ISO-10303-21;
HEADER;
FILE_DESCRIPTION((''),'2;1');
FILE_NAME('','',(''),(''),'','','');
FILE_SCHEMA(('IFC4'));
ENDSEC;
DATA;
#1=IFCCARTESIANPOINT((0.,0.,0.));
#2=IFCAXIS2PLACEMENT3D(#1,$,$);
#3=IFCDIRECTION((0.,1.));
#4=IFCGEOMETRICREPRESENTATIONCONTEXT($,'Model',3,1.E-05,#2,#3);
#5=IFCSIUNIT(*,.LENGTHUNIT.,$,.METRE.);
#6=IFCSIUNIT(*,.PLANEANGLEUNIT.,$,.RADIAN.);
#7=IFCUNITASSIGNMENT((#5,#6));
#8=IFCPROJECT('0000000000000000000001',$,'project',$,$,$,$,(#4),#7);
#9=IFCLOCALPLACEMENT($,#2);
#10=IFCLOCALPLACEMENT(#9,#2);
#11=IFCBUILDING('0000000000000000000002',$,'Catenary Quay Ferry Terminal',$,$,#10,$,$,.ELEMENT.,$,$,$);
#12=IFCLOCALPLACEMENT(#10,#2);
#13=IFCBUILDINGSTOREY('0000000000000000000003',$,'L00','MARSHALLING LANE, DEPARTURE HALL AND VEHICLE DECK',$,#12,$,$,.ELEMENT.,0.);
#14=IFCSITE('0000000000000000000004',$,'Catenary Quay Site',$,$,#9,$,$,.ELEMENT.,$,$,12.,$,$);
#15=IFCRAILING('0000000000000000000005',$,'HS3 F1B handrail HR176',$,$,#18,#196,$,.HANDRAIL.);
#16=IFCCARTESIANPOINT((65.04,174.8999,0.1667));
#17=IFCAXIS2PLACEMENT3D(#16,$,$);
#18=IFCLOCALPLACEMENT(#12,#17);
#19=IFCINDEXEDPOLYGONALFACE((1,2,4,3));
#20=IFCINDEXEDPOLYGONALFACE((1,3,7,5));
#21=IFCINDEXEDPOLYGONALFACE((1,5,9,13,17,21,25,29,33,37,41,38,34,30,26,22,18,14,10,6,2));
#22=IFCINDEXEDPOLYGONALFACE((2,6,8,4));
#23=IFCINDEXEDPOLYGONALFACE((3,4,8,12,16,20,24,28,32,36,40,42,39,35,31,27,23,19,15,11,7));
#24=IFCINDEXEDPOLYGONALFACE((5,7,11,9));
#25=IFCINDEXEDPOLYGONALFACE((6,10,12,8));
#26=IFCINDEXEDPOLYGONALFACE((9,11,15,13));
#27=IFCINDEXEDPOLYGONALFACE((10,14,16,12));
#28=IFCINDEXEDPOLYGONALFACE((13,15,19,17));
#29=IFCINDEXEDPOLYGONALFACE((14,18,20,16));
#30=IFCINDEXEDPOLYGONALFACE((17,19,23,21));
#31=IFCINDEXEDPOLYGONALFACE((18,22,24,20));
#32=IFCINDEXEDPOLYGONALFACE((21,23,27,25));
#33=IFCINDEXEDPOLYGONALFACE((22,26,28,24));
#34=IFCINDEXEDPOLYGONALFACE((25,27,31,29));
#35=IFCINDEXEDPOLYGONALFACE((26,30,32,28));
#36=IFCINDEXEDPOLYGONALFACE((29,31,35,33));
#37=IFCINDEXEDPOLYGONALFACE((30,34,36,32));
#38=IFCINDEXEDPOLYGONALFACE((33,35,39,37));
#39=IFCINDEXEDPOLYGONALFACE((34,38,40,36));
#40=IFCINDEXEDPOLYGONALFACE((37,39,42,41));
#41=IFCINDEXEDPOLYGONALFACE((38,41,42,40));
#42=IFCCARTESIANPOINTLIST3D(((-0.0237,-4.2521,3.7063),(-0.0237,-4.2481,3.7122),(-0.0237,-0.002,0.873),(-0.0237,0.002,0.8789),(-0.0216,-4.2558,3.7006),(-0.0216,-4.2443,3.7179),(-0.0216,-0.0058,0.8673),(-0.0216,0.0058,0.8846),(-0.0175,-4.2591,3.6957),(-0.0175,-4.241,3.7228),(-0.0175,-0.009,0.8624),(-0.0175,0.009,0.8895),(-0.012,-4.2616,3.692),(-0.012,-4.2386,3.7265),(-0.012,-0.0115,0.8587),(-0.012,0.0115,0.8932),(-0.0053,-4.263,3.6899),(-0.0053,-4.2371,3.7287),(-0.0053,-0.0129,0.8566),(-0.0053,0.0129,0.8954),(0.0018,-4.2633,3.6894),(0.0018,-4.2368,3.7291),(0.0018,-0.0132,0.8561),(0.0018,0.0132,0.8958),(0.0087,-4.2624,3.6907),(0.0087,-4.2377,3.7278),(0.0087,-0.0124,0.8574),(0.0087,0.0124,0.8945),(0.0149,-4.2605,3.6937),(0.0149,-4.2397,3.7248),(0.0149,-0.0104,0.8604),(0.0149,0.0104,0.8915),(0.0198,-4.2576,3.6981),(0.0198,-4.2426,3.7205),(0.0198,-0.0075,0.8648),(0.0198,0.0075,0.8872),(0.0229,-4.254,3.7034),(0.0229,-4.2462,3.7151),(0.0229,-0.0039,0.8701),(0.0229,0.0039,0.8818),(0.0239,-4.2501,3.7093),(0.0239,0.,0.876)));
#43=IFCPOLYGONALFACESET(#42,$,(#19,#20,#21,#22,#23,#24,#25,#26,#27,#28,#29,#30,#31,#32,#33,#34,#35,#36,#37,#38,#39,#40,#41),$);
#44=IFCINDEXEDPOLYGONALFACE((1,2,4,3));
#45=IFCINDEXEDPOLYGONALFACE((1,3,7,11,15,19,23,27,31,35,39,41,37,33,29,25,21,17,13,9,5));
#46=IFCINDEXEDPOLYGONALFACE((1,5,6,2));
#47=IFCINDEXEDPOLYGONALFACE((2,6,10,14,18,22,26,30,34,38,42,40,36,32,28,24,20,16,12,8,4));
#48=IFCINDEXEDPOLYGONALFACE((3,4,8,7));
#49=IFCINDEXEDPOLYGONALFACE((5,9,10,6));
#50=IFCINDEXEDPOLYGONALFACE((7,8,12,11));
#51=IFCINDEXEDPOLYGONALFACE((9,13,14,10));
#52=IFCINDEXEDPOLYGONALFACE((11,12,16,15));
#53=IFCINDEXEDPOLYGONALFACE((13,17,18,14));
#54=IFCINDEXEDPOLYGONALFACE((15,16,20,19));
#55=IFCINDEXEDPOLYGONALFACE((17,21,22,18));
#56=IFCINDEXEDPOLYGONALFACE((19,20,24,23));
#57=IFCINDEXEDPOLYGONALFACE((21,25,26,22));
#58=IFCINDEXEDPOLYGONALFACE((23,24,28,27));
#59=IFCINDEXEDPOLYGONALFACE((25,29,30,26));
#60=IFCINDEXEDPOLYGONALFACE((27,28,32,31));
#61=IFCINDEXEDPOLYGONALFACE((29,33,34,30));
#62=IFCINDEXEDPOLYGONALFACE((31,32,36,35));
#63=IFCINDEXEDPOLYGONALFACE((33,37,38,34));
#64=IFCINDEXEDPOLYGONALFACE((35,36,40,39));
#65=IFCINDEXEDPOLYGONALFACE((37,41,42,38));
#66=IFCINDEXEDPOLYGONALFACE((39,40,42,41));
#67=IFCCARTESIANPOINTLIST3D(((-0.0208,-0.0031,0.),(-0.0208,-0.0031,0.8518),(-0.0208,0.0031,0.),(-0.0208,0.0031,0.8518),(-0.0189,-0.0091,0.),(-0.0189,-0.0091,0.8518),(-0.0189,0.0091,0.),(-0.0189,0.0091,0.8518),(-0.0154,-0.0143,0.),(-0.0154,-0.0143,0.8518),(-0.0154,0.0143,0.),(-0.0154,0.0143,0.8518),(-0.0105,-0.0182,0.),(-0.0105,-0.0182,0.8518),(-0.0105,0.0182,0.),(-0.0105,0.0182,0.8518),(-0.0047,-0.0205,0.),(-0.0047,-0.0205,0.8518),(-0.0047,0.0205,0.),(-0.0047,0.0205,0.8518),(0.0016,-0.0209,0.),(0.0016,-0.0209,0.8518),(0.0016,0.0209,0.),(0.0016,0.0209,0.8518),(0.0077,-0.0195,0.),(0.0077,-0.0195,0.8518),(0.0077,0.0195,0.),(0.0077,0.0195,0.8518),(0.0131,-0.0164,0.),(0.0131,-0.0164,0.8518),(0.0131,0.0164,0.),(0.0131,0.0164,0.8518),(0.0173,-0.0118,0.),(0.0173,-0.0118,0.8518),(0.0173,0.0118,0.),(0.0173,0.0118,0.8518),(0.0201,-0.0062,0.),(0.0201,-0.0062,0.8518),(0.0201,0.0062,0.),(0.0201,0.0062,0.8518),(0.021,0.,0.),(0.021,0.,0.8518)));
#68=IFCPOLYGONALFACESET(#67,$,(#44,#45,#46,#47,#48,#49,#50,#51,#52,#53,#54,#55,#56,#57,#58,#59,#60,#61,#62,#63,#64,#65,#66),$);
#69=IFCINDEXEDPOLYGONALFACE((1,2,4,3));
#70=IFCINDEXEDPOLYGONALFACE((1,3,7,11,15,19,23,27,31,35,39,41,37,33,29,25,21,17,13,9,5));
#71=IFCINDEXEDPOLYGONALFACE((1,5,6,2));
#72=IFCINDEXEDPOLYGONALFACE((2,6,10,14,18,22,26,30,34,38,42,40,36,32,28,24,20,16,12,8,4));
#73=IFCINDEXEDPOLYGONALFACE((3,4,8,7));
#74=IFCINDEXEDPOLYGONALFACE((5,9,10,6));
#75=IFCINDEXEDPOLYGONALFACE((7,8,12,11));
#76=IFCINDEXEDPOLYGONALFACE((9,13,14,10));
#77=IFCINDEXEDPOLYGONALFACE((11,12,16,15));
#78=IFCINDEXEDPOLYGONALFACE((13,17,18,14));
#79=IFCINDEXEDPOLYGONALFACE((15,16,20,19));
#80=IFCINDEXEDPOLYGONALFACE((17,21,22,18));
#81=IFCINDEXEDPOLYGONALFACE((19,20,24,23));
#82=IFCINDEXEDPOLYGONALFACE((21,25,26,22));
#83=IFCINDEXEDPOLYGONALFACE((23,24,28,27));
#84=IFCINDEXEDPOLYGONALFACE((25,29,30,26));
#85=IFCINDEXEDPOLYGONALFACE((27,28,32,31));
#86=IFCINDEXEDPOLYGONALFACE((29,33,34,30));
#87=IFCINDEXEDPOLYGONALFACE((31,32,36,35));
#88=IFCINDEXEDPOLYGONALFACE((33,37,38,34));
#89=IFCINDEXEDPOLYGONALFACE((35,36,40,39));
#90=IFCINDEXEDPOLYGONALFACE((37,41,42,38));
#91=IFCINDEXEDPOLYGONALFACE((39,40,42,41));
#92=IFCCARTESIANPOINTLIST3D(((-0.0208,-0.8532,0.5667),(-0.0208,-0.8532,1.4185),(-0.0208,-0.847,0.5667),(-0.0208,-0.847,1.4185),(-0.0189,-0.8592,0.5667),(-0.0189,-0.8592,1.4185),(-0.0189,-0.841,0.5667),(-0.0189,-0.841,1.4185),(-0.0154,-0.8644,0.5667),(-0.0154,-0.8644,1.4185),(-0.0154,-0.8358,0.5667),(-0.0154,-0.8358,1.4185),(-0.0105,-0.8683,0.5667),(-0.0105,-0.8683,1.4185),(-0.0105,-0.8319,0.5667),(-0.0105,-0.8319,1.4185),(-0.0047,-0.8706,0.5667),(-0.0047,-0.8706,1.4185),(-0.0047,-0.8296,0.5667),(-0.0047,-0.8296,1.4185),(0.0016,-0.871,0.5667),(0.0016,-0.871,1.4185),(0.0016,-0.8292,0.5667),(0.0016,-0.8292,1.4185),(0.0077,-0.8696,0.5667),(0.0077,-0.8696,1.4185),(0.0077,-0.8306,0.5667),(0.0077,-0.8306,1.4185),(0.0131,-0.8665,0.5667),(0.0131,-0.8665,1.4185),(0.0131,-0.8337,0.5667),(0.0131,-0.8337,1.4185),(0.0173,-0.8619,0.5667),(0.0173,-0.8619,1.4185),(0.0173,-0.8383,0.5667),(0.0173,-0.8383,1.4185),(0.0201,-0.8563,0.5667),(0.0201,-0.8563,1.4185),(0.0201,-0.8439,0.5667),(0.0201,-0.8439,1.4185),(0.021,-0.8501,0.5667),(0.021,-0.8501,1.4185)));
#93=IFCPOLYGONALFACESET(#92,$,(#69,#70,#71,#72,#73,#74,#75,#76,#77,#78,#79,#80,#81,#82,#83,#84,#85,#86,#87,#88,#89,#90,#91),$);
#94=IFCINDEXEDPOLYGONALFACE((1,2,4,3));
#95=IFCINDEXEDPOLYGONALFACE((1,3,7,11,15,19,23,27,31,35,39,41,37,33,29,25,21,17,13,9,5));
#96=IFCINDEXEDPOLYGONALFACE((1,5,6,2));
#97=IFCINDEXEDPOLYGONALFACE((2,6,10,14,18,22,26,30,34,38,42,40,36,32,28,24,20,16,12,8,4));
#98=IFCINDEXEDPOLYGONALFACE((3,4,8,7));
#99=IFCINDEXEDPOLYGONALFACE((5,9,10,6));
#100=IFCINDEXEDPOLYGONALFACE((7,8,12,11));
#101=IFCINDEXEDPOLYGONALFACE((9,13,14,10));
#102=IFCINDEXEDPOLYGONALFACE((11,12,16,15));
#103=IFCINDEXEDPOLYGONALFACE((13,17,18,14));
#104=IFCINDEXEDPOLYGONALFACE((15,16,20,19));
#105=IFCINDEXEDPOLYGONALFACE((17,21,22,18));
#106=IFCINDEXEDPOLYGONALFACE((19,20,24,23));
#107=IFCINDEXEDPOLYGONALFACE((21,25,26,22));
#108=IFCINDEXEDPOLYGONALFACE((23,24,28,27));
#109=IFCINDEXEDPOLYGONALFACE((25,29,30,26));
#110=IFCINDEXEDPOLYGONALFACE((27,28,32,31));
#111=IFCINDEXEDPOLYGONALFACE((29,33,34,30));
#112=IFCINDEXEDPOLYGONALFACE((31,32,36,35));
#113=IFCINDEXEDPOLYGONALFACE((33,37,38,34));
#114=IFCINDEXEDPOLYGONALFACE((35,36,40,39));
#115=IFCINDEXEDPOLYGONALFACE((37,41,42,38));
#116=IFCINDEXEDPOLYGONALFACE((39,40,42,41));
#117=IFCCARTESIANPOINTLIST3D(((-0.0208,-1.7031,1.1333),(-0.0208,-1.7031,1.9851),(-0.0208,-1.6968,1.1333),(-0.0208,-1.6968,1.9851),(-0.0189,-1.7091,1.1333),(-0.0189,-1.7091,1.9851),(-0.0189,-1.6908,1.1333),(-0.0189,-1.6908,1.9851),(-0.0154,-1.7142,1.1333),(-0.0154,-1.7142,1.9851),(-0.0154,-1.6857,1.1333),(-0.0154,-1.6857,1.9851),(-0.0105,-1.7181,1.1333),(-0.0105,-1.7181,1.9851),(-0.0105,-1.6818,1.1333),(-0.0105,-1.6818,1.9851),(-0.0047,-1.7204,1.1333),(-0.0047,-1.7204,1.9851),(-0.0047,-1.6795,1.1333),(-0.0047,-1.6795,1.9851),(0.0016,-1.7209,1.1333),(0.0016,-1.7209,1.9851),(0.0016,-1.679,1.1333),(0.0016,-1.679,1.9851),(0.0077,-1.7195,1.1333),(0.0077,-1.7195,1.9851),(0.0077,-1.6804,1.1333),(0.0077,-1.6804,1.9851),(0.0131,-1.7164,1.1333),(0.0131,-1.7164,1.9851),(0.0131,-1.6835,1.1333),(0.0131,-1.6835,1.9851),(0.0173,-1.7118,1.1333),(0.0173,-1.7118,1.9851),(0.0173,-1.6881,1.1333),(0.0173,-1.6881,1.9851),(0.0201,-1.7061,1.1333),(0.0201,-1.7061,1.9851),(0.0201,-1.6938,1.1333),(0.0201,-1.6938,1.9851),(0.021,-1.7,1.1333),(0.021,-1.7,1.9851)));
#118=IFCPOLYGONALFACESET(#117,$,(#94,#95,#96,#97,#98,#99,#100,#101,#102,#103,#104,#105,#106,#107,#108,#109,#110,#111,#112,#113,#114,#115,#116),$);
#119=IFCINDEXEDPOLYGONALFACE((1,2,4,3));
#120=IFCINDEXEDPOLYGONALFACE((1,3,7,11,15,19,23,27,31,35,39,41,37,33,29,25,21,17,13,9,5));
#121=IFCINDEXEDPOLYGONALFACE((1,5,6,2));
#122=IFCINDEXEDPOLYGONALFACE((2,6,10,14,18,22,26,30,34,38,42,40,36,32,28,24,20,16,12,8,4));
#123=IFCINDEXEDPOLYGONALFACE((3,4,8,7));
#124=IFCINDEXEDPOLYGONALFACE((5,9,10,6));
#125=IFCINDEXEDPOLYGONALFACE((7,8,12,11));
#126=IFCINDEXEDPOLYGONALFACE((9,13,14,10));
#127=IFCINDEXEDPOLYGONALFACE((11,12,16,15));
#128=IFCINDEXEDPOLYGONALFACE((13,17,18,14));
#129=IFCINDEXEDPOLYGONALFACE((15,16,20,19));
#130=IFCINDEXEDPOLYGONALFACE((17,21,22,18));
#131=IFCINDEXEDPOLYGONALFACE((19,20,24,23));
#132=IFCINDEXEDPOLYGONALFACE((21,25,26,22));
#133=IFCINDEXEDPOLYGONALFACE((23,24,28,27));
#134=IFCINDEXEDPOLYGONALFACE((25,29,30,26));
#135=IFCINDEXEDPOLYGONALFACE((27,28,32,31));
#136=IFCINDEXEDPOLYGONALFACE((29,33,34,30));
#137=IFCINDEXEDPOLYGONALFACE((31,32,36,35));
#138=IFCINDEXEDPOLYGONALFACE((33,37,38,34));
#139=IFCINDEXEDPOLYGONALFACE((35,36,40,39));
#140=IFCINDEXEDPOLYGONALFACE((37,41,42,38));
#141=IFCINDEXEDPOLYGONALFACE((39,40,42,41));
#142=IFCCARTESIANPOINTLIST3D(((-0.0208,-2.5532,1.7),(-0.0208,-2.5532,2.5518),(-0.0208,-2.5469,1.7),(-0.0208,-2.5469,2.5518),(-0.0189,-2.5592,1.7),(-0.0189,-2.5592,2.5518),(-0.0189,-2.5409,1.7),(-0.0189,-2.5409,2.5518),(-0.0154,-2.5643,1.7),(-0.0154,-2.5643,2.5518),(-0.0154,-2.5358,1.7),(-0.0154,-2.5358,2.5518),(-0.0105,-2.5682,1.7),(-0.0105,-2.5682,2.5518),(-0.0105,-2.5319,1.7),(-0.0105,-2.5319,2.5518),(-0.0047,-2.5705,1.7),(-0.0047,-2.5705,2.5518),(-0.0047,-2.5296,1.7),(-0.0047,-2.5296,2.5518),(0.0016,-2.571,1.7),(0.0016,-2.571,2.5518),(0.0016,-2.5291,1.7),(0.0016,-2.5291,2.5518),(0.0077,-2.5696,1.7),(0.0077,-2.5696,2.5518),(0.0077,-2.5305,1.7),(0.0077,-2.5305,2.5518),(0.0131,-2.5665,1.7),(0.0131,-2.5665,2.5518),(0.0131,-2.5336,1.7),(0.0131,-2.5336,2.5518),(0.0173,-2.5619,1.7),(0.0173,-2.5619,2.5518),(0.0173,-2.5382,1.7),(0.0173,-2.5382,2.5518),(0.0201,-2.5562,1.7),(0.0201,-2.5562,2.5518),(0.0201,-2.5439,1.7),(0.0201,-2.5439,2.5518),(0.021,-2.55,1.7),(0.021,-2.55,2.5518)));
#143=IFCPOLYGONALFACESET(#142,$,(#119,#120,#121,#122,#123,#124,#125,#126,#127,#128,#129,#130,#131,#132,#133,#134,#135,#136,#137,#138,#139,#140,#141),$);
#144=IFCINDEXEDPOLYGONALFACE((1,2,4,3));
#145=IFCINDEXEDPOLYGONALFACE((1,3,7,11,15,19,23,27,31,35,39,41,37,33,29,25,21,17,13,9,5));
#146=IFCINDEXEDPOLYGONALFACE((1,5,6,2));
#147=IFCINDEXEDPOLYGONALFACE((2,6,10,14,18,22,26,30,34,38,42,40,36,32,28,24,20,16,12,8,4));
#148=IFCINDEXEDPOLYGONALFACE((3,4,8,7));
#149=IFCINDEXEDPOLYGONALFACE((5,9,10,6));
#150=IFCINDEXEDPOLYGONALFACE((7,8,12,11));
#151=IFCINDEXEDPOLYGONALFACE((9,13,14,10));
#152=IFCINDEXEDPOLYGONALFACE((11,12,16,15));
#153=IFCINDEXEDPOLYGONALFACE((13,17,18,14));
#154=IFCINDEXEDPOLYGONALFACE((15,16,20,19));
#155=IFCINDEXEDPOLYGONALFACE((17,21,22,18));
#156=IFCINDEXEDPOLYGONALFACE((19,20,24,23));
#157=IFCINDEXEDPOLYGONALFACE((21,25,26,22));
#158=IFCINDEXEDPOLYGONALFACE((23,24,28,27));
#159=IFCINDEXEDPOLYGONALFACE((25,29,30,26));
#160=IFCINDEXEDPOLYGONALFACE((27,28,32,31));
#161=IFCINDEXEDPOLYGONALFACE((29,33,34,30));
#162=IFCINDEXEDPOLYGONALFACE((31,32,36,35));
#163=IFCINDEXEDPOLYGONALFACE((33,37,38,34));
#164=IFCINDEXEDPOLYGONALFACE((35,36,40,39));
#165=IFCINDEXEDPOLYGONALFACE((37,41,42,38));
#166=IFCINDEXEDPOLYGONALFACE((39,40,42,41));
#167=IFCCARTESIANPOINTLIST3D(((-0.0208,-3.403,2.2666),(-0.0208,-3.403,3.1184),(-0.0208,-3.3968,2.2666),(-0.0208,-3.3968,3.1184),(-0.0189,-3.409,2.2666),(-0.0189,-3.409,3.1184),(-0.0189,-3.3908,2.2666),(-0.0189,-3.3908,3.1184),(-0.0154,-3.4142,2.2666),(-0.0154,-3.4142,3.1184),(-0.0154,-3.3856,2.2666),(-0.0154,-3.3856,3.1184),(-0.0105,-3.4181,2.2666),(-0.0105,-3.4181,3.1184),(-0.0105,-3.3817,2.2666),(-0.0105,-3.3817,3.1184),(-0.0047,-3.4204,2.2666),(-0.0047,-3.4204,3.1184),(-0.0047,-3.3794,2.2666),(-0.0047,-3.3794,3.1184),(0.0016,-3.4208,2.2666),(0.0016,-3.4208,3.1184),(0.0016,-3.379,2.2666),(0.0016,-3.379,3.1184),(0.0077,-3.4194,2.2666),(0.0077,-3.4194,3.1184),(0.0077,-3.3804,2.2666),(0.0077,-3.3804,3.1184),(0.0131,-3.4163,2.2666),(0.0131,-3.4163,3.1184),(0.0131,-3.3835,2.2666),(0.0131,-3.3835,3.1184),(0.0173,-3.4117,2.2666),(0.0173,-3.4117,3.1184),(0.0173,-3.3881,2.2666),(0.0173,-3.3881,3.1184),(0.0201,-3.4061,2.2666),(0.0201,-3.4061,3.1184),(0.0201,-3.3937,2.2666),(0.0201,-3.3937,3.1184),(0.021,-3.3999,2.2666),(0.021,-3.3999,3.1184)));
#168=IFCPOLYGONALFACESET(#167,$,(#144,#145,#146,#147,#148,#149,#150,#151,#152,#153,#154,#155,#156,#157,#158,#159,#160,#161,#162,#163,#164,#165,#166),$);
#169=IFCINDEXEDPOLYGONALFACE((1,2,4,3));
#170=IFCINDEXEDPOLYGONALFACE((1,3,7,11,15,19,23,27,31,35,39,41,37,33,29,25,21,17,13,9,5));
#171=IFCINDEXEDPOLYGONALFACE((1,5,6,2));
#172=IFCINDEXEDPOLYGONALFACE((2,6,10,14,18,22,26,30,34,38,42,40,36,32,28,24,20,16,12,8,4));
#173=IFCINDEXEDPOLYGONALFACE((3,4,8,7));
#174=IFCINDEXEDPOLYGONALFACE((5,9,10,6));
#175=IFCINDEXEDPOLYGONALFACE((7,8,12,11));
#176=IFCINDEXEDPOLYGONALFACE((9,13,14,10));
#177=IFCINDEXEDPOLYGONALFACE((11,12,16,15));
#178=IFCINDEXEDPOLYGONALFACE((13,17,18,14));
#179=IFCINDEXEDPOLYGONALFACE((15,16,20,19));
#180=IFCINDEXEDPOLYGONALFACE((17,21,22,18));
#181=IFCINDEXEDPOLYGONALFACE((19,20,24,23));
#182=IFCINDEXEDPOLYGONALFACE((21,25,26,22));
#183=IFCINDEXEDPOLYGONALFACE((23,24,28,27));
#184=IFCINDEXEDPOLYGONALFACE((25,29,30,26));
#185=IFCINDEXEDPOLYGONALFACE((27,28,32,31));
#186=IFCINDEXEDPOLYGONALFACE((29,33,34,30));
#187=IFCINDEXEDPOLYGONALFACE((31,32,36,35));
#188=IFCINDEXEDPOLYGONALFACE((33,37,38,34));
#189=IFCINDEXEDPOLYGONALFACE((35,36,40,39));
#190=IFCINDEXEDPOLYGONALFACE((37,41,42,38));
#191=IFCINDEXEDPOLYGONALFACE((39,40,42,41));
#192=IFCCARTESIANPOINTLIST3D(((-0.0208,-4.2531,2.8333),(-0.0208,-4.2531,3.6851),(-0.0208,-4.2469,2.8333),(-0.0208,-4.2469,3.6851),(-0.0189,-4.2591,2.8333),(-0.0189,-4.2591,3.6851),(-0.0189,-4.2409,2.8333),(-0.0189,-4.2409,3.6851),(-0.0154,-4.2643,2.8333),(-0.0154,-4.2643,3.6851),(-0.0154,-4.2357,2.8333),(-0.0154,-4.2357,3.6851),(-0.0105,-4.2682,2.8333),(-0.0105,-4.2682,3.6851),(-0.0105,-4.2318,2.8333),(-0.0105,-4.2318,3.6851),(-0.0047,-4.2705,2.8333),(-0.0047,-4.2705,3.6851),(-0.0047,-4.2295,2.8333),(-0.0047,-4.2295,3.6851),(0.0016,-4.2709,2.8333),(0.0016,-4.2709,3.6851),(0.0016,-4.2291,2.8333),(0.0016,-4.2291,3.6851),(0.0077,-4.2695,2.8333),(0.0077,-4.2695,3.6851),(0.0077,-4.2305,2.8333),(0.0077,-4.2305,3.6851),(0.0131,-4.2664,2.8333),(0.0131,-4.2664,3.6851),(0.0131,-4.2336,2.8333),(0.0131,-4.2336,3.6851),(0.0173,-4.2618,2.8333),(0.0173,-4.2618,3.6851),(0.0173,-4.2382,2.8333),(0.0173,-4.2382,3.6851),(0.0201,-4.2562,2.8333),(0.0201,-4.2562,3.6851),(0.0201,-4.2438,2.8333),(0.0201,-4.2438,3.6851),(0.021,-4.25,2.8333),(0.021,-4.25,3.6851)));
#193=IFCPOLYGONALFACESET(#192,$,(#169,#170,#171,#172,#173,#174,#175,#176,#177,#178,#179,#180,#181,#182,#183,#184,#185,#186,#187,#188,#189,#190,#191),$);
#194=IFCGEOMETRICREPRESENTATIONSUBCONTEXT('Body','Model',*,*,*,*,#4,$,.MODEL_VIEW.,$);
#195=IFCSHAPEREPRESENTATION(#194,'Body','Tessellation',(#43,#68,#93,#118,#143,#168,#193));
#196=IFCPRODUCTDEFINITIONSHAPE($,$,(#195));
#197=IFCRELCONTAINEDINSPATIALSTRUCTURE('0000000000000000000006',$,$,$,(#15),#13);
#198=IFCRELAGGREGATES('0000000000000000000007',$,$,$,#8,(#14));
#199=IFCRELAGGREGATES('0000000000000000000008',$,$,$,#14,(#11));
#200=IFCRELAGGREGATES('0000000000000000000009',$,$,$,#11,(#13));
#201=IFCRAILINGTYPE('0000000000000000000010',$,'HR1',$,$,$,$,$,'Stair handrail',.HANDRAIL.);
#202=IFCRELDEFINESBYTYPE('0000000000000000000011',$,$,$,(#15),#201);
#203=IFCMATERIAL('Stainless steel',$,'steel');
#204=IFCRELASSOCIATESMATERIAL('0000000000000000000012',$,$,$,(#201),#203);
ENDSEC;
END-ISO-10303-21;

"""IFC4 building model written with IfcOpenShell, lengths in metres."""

from ifc_helpers import new_model, si_unit, direction, frame, origin, origin_2d, place, context, subcontext, project, spatial, circle, extrude, material, type_object, element, save


model = new_model("IFC4")

# Units and contexts
model_context = context("Model", 3, precision=1e-05, world=origin(), true_north=direction((0.0, 1.0)))
body_context = subcontext(model_context, "Body", "Model", "MODEL_VIEW")
ifc_project = project(units=[si_unit("LENGTHUNIT", "METRE"), si_unit("PLANEANGLEUNIT", "RADIAN")], contexts=[model_context])

# Site, building, storey
site_placement = place(None, origin())
site = spatial("IfcSite", under=ifc_project, at=site_placement, Name="Catenary Quay Site", CompositionType="ELEMENT", RefElevation=12.0)
building_placement = place(site_placement, origin())
building = spatial("IfcBuilding", under=site, at=building_placement, Name="Catenary Quay Ferry Terminal", CompositionType="ELEMENT")
storey_placement = place(building_placement, origin())
storey = spatial("IfcBuildingStorey", under=building, at=storey_placement, Name="L00", Description="MARSHALLING LANE, DEPARTURE HALL AND VEHICLE DECK", CompositionType="ELEMENT", Elevation=0.0)

# Railing
ifc_material_1 = material(Name="Stainless steel", Category="steel")
railing_type_1 = type_object("IfcRailingType", Name="HR1", ElementType="Stair handrail", PredefinedType="HANDRAIL", material=ifc_material_1)
for number, where, name in (
    (1, (65.04, 174.8999, 0.1667), "HS3 F1B handrail HR176"),
):
    element("IfcRailing", number, at=place(storey_placement, frame(where)), inside=storey, type_object=railing_type_1, Name=name, PredefinedType="HANDRAIL", context=body_context, shape_type="SweptSolid", body=[
        extrude(circle(Radius=0.0239, at=origin_2d()), frame((0.0, 0.0, 0.876), z_axis=(0.0, -0.832058, 0.554689), x_axis=(1.0, 0.0, 0.0)), (0.0, 0.0, 1.0), 5.1079),
        extrude(circle(Radius=0.021, at=origin_2d()), origin(), (0.0, 0.0, 1.0), 0.8518),
        extrude(circle(Radius=0.021, at=origin_2d()), frame((0.0, -0.8501, 0.5667)), (0.0, 0.0, 1.0), 0.8518),
        extrude(circle(Radius=0.021, at=origin_2d()), frame((0.0, -1.7, 1.1333)), (0.0, 0.0, 1.0), 0.8518),
        extrude(circle(Radius=0.021, at=origin_2d()), frame((0.0, -2.55, 1.7)), (0.0, 0.0, 1.0), 0.8518),
        extrude(circle(Radius=0.021, at=origin_2d()), frame((0.0, -3.3999, 2.2666)), (0.0, 0.0, 1.0), 0.8518),
        extrude(circle(Radius=0.021, at=origin_2d()), frame((0.0, -4.25, 2.8333)), (0.0, 0.0, 1.0), 0.8518),
    ])

save(model, "model.ifc")
